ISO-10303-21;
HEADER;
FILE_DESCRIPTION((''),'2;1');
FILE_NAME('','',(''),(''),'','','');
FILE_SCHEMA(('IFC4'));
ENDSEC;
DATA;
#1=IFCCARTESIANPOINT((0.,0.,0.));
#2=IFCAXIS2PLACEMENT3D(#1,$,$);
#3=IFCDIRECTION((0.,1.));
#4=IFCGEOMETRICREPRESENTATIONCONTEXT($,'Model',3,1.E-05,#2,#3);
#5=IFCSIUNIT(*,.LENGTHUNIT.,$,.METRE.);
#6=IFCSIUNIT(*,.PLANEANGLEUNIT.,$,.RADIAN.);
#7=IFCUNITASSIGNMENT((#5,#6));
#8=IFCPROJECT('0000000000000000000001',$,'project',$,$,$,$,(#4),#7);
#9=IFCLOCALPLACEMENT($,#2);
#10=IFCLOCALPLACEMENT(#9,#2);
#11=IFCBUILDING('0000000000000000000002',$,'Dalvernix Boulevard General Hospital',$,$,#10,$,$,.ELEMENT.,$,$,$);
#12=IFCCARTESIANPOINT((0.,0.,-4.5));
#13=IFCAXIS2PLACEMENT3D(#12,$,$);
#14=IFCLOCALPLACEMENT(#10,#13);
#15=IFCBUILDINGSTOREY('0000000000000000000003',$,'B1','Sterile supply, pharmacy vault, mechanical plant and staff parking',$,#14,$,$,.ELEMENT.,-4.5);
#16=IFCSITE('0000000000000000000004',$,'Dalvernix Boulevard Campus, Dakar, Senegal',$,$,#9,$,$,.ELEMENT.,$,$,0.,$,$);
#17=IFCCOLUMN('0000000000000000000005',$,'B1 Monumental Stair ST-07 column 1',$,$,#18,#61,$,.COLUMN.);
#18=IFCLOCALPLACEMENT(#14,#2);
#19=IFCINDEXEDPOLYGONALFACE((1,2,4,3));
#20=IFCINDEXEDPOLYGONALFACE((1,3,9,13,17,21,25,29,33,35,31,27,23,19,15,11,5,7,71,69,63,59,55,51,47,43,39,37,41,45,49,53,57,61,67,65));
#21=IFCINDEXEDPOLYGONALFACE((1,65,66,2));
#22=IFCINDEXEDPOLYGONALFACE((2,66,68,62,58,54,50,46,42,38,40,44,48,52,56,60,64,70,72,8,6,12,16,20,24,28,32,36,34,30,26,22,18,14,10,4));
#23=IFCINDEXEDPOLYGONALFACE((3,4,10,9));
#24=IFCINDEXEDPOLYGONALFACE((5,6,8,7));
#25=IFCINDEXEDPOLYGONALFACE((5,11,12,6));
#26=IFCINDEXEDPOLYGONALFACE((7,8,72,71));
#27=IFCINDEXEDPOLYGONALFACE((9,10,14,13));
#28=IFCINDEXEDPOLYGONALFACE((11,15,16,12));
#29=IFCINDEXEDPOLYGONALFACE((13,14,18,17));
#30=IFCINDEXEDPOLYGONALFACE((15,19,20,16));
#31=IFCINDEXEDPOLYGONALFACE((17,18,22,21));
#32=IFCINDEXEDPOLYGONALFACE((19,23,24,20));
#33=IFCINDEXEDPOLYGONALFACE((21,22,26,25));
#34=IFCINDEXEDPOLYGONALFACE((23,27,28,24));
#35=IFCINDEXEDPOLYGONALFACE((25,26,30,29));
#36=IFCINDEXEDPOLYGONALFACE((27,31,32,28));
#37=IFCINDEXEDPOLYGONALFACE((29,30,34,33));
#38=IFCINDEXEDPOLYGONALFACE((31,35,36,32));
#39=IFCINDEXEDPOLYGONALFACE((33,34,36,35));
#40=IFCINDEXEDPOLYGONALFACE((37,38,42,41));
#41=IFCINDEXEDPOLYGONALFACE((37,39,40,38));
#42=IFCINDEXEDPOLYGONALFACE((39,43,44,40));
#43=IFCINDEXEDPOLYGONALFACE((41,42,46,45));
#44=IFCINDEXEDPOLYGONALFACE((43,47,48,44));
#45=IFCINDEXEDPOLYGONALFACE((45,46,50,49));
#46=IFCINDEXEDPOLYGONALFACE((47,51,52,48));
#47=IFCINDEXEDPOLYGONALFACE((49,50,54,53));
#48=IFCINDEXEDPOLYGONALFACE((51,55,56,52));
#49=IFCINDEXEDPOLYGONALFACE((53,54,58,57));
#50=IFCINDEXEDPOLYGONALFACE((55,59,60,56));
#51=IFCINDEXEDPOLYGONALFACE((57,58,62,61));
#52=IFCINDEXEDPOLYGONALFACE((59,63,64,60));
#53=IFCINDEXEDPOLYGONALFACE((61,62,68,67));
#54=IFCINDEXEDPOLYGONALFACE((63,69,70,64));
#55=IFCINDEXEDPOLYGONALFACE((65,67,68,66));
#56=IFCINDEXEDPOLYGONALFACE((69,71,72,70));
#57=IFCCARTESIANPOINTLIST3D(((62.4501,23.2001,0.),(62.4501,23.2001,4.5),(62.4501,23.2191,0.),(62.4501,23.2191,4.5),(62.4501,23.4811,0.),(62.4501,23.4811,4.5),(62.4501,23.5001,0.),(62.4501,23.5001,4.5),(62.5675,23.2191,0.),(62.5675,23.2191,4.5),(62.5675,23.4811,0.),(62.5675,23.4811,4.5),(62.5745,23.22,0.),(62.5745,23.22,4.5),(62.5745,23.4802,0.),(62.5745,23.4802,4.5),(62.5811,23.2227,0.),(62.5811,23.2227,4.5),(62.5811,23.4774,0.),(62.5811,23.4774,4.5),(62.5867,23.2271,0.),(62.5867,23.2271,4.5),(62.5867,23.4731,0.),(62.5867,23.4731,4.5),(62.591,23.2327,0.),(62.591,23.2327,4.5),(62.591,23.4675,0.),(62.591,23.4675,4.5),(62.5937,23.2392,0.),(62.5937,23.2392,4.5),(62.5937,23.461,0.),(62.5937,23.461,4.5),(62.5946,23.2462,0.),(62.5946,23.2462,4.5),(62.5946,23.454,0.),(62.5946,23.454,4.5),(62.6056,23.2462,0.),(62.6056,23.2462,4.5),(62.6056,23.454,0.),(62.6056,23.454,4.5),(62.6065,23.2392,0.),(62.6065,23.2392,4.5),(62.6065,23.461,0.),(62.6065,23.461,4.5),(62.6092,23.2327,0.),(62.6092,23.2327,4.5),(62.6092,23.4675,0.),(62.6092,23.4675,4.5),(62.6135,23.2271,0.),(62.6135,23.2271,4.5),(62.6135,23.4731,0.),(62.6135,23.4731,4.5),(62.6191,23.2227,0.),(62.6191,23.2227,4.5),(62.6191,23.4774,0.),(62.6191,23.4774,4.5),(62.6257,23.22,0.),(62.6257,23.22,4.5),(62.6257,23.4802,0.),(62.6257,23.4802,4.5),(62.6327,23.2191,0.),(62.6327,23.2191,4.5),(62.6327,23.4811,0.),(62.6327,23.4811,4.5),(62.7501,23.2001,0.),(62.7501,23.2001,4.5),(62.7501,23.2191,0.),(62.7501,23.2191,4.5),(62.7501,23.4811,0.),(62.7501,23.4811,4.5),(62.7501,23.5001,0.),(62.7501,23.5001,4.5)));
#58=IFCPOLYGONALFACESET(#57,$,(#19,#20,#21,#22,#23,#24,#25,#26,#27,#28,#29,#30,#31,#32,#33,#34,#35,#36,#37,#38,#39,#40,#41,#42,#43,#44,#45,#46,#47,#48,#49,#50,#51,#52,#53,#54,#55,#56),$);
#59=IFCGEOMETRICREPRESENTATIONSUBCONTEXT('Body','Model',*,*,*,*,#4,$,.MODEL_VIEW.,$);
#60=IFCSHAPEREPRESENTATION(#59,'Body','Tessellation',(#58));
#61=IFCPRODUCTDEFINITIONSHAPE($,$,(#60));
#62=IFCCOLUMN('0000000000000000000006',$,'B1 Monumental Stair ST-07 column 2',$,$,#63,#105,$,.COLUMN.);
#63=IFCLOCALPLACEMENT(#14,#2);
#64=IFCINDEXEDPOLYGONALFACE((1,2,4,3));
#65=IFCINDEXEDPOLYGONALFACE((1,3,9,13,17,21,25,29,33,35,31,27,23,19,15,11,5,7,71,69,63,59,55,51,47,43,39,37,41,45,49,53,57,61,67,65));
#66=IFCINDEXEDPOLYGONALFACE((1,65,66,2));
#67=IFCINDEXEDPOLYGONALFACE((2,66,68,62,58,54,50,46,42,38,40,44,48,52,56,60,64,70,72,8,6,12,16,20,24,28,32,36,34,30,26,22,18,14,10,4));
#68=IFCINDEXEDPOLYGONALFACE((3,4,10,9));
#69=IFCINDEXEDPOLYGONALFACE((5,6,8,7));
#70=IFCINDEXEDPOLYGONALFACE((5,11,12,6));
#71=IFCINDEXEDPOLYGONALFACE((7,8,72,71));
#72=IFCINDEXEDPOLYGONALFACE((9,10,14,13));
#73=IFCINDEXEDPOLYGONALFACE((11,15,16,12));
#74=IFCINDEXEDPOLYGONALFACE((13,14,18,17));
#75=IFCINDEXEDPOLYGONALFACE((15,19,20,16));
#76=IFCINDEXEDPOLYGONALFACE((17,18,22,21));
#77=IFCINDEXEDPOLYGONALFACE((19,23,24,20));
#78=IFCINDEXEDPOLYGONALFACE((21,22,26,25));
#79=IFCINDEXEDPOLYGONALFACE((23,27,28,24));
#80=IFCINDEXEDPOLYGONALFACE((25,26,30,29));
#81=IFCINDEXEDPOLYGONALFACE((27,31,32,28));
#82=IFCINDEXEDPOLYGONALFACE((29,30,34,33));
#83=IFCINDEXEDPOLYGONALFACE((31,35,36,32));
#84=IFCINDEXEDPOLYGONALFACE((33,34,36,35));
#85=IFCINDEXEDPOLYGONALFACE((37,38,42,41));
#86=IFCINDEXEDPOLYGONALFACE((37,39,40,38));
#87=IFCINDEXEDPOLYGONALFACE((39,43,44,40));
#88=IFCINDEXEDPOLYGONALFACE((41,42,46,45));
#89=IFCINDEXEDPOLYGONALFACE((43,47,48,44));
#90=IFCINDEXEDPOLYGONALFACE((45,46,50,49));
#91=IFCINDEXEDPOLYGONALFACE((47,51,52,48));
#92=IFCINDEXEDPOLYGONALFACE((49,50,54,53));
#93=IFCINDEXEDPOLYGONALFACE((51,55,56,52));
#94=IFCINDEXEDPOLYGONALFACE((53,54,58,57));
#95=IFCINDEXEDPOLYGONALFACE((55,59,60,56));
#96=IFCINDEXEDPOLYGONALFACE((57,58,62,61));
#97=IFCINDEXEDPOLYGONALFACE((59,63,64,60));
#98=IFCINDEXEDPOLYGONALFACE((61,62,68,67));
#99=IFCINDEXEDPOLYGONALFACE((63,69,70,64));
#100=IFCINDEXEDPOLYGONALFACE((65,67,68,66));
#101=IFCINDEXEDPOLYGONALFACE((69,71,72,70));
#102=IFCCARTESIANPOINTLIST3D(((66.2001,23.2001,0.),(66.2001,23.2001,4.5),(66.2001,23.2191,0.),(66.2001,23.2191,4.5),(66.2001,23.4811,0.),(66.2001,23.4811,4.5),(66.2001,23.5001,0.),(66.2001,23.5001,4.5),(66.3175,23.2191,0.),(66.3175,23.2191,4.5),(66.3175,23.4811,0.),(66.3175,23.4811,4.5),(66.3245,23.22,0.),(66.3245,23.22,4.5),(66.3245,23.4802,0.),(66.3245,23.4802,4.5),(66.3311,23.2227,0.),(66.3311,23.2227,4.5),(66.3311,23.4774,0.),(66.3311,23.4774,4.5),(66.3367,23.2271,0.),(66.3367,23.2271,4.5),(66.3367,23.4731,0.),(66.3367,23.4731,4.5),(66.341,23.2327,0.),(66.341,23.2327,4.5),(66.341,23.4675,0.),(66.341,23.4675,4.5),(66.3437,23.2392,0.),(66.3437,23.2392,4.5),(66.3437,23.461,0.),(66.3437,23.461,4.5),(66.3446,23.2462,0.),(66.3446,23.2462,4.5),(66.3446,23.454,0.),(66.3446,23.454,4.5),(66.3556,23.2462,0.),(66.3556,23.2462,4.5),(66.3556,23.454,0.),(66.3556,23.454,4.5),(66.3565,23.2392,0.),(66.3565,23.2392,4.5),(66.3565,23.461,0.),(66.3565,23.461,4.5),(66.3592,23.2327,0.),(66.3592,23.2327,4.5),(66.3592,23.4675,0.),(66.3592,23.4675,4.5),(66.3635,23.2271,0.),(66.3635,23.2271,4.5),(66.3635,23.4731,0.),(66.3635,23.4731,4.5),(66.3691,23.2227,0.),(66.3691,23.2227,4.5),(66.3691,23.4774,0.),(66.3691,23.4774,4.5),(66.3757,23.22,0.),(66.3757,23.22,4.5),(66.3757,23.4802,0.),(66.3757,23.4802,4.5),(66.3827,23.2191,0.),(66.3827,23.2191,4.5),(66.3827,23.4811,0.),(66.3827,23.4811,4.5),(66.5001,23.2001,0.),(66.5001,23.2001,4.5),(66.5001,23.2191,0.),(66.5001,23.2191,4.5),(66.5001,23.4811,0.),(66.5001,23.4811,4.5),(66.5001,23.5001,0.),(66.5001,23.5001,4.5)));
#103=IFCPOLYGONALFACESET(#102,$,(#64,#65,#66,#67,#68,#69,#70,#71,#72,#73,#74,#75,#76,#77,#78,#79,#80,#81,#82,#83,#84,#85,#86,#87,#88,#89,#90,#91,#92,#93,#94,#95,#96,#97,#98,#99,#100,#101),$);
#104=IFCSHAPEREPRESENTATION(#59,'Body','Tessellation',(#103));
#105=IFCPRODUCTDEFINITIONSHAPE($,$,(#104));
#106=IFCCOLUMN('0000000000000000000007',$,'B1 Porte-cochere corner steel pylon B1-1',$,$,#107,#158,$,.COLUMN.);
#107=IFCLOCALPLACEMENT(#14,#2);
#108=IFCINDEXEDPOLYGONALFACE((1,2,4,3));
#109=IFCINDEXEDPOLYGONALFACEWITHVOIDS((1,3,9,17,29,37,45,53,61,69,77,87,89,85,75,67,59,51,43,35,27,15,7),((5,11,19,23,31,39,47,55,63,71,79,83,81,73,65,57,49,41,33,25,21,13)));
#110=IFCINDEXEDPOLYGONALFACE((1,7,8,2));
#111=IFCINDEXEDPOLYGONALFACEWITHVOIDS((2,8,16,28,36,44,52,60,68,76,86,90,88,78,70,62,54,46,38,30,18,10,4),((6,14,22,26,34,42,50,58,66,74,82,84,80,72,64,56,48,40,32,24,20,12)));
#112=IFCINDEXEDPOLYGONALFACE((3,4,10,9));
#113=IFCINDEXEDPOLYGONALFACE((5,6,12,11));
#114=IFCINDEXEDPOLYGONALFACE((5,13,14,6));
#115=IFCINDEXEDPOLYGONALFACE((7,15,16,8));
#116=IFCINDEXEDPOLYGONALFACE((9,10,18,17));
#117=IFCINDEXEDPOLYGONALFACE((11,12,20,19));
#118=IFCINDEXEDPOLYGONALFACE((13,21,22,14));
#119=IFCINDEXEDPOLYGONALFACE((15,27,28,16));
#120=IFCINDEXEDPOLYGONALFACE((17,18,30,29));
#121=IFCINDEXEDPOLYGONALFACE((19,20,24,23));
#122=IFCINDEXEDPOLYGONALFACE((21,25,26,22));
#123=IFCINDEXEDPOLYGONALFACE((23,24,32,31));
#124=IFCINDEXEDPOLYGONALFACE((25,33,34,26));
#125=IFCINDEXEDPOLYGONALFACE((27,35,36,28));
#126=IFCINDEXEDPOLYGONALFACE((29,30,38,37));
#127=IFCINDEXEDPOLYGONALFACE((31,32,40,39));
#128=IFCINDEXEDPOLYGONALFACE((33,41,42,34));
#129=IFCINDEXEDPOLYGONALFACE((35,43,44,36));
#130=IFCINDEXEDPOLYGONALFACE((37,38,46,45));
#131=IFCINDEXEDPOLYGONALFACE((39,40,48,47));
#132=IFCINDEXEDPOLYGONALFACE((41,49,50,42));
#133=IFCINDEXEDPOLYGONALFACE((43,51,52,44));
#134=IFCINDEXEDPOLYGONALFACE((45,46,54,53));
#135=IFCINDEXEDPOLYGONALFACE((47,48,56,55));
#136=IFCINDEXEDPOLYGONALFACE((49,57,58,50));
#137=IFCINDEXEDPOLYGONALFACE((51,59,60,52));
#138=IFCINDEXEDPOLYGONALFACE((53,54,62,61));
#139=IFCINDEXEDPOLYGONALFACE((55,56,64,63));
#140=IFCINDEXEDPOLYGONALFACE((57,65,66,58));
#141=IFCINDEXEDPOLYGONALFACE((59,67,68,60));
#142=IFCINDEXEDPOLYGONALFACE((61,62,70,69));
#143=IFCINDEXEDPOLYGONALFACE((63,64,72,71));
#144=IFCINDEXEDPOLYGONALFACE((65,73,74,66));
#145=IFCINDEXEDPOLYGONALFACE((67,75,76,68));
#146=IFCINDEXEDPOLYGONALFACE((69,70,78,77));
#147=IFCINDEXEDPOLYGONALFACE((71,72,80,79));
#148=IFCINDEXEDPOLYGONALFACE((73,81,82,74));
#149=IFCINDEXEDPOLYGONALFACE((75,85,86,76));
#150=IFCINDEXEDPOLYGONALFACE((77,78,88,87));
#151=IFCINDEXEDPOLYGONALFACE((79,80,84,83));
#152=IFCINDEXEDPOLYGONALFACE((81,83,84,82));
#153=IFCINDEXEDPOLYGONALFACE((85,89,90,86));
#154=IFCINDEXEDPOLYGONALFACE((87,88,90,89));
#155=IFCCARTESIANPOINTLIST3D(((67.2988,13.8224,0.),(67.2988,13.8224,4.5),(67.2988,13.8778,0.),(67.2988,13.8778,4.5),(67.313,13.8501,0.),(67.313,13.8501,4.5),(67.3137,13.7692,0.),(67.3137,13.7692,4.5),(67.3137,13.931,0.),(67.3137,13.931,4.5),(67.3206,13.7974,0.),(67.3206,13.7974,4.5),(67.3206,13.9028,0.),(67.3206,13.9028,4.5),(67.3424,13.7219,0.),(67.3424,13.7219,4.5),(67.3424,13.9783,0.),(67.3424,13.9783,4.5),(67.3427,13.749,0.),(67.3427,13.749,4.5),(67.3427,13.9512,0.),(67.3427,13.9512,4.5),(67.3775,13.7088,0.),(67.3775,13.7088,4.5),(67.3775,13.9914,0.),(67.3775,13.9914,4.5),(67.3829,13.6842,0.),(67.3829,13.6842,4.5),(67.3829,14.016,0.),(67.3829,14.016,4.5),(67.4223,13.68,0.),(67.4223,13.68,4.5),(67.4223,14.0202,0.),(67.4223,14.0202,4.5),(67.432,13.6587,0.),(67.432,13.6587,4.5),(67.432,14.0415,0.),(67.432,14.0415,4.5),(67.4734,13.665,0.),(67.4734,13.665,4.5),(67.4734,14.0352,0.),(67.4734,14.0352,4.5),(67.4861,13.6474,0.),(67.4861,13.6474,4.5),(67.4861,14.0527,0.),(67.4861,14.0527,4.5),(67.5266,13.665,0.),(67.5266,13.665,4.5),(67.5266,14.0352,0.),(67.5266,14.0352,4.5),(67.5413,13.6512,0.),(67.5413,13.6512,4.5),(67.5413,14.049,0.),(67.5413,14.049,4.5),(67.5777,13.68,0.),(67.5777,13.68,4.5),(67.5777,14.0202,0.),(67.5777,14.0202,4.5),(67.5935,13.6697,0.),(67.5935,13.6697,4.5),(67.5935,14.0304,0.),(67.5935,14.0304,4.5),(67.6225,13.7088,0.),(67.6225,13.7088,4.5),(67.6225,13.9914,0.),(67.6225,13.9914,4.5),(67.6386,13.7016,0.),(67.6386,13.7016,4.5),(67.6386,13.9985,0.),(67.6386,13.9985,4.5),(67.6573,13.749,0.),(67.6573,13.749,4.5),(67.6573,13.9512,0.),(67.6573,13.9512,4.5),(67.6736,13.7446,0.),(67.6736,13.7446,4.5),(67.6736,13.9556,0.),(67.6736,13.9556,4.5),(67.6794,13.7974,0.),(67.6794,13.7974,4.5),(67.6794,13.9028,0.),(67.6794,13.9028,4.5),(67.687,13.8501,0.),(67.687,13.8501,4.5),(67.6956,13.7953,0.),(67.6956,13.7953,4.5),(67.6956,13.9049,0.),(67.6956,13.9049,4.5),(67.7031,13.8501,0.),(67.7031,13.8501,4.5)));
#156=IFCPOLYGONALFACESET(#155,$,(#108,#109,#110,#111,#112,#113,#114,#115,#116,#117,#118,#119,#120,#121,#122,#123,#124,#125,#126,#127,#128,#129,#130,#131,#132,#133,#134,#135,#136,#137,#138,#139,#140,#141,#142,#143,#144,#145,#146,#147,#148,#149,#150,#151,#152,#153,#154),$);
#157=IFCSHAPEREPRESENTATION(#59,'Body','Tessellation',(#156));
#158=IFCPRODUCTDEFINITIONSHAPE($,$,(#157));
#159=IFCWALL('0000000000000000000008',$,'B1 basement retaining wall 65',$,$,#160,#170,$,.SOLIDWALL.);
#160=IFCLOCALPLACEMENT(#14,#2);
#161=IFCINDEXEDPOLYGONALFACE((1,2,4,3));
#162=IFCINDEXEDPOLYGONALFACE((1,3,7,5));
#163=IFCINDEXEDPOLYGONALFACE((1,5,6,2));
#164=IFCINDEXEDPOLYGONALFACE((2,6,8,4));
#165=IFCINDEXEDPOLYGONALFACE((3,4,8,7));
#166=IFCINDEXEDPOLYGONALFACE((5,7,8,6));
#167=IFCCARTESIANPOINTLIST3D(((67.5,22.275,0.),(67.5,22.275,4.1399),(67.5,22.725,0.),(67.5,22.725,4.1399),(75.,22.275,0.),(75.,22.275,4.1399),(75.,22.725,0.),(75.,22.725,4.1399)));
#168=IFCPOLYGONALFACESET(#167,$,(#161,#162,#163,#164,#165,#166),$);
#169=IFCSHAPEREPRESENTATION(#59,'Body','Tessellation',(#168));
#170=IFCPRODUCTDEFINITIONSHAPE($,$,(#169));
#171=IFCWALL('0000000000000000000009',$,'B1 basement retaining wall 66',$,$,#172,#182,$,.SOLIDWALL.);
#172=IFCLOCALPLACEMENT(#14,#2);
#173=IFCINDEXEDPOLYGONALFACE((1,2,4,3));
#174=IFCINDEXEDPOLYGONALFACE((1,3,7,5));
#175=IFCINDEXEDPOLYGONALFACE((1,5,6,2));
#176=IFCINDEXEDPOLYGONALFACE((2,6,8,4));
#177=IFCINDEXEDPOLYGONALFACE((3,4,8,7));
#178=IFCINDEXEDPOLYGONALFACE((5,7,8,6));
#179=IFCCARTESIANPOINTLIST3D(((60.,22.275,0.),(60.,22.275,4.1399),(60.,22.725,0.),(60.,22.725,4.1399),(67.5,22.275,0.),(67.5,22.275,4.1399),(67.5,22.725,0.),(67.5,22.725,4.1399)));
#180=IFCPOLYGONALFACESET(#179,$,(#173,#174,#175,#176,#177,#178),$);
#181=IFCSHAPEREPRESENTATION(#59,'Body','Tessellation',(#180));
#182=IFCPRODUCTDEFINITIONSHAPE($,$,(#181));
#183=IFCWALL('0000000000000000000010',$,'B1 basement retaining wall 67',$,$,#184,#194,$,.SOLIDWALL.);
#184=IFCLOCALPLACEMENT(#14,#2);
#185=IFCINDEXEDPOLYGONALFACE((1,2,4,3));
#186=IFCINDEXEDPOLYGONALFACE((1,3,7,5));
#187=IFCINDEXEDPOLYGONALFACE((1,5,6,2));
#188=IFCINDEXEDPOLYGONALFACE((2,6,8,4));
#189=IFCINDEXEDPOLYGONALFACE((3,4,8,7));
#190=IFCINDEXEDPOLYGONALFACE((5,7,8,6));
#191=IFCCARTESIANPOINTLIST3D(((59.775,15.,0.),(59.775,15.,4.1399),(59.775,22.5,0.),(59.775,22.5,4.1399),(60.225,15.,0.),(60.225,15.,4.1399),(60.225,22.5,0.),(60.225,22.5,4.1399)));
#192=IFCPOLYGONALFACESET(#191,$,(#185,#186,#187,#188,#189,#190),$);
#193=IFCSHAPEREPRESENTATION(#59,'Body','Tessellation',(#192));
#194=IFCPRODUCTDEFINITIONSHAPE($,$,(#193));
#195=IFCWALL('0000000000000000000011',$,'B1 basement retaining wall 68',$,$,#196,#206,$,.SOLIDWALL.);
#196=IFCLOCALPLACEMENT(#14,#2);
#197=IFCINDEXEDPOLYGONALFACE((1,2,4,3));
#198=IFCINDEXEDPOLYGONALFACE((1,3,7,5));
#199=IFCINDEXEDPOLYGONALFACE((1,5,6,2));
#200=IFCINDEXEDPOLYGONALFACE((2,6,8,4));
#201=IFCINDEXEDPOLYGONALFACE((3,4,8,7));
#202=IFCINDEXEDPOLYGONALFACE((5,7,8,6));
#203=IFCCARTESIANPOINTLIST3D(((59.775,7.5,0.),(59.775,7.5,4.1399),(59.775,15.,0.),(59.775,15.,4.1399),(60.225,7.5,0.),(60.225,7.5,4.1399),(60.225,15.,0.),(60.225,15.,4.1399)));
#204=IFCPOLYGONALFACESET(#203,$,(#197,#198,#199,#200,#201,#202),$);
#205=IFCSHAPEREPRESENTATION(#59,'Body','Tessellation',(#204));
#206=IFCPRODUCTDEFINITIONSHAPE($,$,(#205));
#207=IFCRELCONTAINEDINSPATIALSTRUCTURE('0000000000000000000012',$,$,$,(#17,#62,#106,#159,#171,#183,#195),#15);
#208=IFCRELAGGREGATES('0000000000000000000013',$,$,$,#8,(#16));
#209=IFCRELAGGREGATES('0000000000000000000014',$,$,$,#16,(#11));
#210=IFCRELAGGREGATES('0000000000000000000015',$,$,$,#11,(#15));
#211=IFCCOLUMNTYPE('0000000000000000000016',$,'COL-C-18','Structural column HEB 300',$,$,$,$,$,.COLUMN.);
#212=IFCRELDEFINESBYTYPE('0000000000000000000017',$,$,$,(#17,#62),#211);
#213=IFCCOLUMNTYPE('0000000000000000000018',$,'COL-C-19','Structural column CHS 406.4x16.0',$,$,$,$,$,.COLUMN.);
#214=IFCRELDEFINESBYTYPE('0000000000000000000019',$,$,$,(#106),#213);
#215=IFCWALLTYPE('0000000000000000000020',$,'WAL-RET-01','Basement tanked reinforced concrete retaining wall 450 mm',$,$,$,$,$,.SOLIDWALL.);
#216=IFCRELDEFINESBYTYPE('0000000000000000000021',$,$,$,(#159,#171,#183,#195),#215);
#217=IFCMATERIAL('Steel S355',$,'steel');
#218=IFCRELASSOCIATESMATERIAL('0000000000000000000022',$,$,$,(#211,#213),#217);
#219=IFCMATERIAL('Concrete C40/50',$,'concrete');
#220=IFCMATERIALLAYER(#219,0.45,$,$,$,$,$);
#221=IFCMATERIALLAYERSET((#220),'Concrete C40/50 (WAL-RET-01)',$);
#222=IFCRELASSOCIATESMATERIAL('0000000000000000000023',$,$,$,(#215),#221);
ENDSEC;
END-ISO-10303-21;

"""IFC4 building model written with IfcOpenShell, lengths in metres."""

from ifc_helpers import new_model, si_unit, direction, frame, frame_2d, origin, origin_2d, place, context, subcontext, project, spatial, rectangle, hollow_circle, i_section, extrude, material, layer, layer_set, material_profile, profile_set, type_object, element, save


model = new_model("IFC4")

# Units and contexts
model_context = context("Model", 3, precision=1e-05, world=origin(), true_north=direction((0.0, 1.0)))
body_context = subcontext(model_context, "Body", "Model", "MODEL_VIEW")
ifc_project = project(units=[si_unit("LENGTHUNIT", "METRE"), si_unit("PLANEANGLEUNIT", "RADIAN")], contexts=[model_context])

# Site, building, storey
site_placement = place(None, origin())
site = spatial("IfcSite", under=ifc_project, at=site_placement, Name="Dalvernix Boulevard Campus, Dakar, Senegal", CompositionType="ELEMENT", RefElevation=0.0)
building_placement = place(site_placement, origin())
building = spatial("IfcBuilding", under=site, at=building_placement, Name="Dalvernix Boulevard General Hospital", CompositionType="ELEMENT")
storey_placement = place(building_placement, frame((0.0, 0.0, -4.5)))
storey = spatial("IfcBuildingStorey", under=building, at=storey_placement, Name="B1", Description="Sterile supply, pharmacy vault, mechanical plant and staff parking", CompositionType="ELEMENT", Elevation=-4.5)

# Shared definitions
ifc_material_1 = material(Name="Concrete C40/50", Category="concrete")

# Columns
ifc_material_2 = material(Name="Steel S355", Category="steel")
ifc_material_profile_1 = material_profile(ifc_material_2, i_section(OverallWidth=0.3, OverallDepth=0.3, WebThickness=0.011, FlangeThickness=0.019, FilletRadius=0.0271, at=origin_2d()), Name="HEB 300")
ifc_profile_set_1 = profile_set([ifc_material_profile_1], Name="Steel S355")
column_type_1 = type_object("IfcColumnType", Name="COL-C-18", Description="Structural column HEB 300", PredefinedType="COLUMN", material=ifc_profile_set_1)
for number, where, z_axis, x_axis, name in (
    (1, (62.6001, 23.3501, 0.0), (0.0, 0.0, 1.0), (1.0, 0.0, 0.0), "B1 Monumental Stair ST-07 column 1"),
    (2, (66.3501, 23.3501, 0.0), (0.0, 0.0, 1.0), (1.0, 0.0, 0.0), "B1 Monumental Stair ST-07 column 2"),
):
    element("IfcColumn", number, at=place(storey_placement, frame(where, z_axis=z_axis, x_axis=x_axis)), inside=storey, type_object=column_type_1, Name=name, PredefinedType="COLUMN", context=body_context, shape_type="SweptSolid", body=[
        extrude(i_section(OverallWidth=0.3, OverallDepth=0.3, WebThickness=0.011, FlangeThickness=0.019, FilletRadius=0.0271, at=origin_2d()), origin(), (0.0, 0.0, 1.0), 4.5),
    ])
ifc_material_profile_2 = material_profile(ifc_material_2, hollow_circle(Radius=0.2031, WallThickness=0.0161, at=origin_2d()), Name="CHS 406.4x16.0")
ifc_profile_set_2 = profile_set([ifc_material_profile_2], Name="Steel S355")
column_type_2 = type_object("IfcColumnType", Name="COL-C-19", Description="Structural column CHS 406.4x16.0", PredefinedType="COLUMN", material=ifc_profile_set_2)
column_1_placement = place(storey_placement, frame((67.5, 13.8501, 0.0), z_axis=(0.0, 0.0, 1.0), x_axis=(1.0, 0.0, 0.0)))
element("IfcColumn", 3, at=column_1_placement, inside=storey, type_object=column_type_2, Name="B1 Porte-cochere corner steel pylon B1-1", PredefinedType="COLUMN", context=body_context, shape_type="SweptSolid", body=[
    extrude(hollow_circle(Radius=0.2031, WallThickness=0.0161, at=origin_2d()), origin(), (0.0, 0.0, 1.0), 4.5),
])

# Walls
ifc_layer = layer(ifc_material_1, 0.45)
ifc_layer_set = layer_set([ifc_layer], Name="Concrete C40/50 (WAL-RET-01)")
wall_type = type_object("IfcWallType", Name="WAL-RET-01", Description="Basement tanked reinforced concrete retaining wall 450 mm", PredefinedType="SOLIDWALL", material=ifc_layer_set)
for number, where, z_axis, x_axis, name in (
    (4, (75.0, 22.5, 0.0), (0.0, 0.0, 1.0), (-1.0, 0.0, 0.0), "B1 basement retaining wall 65"),
    (5, (67.5, 22.5, 0.0), (0.0, 0.0, 1.0), (-1.0, 0.0, 0.0), "B1 basement retaining wall 66"),
    (6, (60.0, 22.5, 0.0), (0.0, 0.0, 1.0), (0.0, -1.0, 0.0), "B1 basement retaining wall 67"),
    (7, (60.0, 15.0, 0.0), (0.0, 0.0, 1.0), (0.0, -1.0, 0.0), "B1 basement retaining wall 68"),
):
    element("IfcWall", number, at=place(storey_placement, frame(where, z_axis=z_axis, x_axis=x_axis)), inside=storey, type_object=wall_type, Name=name, PredefinedType="SOLIDWALL", context=body_context, shape_type="SweptSolid", body=[
        extrude(rectangle(XDim=7.5, YDim=0.45, at=frame_2d((3.75, 0.0))), origin(), (0.0, 0.0, 1.0), 4.1399),
    ])

save(model, "model.ifc")
